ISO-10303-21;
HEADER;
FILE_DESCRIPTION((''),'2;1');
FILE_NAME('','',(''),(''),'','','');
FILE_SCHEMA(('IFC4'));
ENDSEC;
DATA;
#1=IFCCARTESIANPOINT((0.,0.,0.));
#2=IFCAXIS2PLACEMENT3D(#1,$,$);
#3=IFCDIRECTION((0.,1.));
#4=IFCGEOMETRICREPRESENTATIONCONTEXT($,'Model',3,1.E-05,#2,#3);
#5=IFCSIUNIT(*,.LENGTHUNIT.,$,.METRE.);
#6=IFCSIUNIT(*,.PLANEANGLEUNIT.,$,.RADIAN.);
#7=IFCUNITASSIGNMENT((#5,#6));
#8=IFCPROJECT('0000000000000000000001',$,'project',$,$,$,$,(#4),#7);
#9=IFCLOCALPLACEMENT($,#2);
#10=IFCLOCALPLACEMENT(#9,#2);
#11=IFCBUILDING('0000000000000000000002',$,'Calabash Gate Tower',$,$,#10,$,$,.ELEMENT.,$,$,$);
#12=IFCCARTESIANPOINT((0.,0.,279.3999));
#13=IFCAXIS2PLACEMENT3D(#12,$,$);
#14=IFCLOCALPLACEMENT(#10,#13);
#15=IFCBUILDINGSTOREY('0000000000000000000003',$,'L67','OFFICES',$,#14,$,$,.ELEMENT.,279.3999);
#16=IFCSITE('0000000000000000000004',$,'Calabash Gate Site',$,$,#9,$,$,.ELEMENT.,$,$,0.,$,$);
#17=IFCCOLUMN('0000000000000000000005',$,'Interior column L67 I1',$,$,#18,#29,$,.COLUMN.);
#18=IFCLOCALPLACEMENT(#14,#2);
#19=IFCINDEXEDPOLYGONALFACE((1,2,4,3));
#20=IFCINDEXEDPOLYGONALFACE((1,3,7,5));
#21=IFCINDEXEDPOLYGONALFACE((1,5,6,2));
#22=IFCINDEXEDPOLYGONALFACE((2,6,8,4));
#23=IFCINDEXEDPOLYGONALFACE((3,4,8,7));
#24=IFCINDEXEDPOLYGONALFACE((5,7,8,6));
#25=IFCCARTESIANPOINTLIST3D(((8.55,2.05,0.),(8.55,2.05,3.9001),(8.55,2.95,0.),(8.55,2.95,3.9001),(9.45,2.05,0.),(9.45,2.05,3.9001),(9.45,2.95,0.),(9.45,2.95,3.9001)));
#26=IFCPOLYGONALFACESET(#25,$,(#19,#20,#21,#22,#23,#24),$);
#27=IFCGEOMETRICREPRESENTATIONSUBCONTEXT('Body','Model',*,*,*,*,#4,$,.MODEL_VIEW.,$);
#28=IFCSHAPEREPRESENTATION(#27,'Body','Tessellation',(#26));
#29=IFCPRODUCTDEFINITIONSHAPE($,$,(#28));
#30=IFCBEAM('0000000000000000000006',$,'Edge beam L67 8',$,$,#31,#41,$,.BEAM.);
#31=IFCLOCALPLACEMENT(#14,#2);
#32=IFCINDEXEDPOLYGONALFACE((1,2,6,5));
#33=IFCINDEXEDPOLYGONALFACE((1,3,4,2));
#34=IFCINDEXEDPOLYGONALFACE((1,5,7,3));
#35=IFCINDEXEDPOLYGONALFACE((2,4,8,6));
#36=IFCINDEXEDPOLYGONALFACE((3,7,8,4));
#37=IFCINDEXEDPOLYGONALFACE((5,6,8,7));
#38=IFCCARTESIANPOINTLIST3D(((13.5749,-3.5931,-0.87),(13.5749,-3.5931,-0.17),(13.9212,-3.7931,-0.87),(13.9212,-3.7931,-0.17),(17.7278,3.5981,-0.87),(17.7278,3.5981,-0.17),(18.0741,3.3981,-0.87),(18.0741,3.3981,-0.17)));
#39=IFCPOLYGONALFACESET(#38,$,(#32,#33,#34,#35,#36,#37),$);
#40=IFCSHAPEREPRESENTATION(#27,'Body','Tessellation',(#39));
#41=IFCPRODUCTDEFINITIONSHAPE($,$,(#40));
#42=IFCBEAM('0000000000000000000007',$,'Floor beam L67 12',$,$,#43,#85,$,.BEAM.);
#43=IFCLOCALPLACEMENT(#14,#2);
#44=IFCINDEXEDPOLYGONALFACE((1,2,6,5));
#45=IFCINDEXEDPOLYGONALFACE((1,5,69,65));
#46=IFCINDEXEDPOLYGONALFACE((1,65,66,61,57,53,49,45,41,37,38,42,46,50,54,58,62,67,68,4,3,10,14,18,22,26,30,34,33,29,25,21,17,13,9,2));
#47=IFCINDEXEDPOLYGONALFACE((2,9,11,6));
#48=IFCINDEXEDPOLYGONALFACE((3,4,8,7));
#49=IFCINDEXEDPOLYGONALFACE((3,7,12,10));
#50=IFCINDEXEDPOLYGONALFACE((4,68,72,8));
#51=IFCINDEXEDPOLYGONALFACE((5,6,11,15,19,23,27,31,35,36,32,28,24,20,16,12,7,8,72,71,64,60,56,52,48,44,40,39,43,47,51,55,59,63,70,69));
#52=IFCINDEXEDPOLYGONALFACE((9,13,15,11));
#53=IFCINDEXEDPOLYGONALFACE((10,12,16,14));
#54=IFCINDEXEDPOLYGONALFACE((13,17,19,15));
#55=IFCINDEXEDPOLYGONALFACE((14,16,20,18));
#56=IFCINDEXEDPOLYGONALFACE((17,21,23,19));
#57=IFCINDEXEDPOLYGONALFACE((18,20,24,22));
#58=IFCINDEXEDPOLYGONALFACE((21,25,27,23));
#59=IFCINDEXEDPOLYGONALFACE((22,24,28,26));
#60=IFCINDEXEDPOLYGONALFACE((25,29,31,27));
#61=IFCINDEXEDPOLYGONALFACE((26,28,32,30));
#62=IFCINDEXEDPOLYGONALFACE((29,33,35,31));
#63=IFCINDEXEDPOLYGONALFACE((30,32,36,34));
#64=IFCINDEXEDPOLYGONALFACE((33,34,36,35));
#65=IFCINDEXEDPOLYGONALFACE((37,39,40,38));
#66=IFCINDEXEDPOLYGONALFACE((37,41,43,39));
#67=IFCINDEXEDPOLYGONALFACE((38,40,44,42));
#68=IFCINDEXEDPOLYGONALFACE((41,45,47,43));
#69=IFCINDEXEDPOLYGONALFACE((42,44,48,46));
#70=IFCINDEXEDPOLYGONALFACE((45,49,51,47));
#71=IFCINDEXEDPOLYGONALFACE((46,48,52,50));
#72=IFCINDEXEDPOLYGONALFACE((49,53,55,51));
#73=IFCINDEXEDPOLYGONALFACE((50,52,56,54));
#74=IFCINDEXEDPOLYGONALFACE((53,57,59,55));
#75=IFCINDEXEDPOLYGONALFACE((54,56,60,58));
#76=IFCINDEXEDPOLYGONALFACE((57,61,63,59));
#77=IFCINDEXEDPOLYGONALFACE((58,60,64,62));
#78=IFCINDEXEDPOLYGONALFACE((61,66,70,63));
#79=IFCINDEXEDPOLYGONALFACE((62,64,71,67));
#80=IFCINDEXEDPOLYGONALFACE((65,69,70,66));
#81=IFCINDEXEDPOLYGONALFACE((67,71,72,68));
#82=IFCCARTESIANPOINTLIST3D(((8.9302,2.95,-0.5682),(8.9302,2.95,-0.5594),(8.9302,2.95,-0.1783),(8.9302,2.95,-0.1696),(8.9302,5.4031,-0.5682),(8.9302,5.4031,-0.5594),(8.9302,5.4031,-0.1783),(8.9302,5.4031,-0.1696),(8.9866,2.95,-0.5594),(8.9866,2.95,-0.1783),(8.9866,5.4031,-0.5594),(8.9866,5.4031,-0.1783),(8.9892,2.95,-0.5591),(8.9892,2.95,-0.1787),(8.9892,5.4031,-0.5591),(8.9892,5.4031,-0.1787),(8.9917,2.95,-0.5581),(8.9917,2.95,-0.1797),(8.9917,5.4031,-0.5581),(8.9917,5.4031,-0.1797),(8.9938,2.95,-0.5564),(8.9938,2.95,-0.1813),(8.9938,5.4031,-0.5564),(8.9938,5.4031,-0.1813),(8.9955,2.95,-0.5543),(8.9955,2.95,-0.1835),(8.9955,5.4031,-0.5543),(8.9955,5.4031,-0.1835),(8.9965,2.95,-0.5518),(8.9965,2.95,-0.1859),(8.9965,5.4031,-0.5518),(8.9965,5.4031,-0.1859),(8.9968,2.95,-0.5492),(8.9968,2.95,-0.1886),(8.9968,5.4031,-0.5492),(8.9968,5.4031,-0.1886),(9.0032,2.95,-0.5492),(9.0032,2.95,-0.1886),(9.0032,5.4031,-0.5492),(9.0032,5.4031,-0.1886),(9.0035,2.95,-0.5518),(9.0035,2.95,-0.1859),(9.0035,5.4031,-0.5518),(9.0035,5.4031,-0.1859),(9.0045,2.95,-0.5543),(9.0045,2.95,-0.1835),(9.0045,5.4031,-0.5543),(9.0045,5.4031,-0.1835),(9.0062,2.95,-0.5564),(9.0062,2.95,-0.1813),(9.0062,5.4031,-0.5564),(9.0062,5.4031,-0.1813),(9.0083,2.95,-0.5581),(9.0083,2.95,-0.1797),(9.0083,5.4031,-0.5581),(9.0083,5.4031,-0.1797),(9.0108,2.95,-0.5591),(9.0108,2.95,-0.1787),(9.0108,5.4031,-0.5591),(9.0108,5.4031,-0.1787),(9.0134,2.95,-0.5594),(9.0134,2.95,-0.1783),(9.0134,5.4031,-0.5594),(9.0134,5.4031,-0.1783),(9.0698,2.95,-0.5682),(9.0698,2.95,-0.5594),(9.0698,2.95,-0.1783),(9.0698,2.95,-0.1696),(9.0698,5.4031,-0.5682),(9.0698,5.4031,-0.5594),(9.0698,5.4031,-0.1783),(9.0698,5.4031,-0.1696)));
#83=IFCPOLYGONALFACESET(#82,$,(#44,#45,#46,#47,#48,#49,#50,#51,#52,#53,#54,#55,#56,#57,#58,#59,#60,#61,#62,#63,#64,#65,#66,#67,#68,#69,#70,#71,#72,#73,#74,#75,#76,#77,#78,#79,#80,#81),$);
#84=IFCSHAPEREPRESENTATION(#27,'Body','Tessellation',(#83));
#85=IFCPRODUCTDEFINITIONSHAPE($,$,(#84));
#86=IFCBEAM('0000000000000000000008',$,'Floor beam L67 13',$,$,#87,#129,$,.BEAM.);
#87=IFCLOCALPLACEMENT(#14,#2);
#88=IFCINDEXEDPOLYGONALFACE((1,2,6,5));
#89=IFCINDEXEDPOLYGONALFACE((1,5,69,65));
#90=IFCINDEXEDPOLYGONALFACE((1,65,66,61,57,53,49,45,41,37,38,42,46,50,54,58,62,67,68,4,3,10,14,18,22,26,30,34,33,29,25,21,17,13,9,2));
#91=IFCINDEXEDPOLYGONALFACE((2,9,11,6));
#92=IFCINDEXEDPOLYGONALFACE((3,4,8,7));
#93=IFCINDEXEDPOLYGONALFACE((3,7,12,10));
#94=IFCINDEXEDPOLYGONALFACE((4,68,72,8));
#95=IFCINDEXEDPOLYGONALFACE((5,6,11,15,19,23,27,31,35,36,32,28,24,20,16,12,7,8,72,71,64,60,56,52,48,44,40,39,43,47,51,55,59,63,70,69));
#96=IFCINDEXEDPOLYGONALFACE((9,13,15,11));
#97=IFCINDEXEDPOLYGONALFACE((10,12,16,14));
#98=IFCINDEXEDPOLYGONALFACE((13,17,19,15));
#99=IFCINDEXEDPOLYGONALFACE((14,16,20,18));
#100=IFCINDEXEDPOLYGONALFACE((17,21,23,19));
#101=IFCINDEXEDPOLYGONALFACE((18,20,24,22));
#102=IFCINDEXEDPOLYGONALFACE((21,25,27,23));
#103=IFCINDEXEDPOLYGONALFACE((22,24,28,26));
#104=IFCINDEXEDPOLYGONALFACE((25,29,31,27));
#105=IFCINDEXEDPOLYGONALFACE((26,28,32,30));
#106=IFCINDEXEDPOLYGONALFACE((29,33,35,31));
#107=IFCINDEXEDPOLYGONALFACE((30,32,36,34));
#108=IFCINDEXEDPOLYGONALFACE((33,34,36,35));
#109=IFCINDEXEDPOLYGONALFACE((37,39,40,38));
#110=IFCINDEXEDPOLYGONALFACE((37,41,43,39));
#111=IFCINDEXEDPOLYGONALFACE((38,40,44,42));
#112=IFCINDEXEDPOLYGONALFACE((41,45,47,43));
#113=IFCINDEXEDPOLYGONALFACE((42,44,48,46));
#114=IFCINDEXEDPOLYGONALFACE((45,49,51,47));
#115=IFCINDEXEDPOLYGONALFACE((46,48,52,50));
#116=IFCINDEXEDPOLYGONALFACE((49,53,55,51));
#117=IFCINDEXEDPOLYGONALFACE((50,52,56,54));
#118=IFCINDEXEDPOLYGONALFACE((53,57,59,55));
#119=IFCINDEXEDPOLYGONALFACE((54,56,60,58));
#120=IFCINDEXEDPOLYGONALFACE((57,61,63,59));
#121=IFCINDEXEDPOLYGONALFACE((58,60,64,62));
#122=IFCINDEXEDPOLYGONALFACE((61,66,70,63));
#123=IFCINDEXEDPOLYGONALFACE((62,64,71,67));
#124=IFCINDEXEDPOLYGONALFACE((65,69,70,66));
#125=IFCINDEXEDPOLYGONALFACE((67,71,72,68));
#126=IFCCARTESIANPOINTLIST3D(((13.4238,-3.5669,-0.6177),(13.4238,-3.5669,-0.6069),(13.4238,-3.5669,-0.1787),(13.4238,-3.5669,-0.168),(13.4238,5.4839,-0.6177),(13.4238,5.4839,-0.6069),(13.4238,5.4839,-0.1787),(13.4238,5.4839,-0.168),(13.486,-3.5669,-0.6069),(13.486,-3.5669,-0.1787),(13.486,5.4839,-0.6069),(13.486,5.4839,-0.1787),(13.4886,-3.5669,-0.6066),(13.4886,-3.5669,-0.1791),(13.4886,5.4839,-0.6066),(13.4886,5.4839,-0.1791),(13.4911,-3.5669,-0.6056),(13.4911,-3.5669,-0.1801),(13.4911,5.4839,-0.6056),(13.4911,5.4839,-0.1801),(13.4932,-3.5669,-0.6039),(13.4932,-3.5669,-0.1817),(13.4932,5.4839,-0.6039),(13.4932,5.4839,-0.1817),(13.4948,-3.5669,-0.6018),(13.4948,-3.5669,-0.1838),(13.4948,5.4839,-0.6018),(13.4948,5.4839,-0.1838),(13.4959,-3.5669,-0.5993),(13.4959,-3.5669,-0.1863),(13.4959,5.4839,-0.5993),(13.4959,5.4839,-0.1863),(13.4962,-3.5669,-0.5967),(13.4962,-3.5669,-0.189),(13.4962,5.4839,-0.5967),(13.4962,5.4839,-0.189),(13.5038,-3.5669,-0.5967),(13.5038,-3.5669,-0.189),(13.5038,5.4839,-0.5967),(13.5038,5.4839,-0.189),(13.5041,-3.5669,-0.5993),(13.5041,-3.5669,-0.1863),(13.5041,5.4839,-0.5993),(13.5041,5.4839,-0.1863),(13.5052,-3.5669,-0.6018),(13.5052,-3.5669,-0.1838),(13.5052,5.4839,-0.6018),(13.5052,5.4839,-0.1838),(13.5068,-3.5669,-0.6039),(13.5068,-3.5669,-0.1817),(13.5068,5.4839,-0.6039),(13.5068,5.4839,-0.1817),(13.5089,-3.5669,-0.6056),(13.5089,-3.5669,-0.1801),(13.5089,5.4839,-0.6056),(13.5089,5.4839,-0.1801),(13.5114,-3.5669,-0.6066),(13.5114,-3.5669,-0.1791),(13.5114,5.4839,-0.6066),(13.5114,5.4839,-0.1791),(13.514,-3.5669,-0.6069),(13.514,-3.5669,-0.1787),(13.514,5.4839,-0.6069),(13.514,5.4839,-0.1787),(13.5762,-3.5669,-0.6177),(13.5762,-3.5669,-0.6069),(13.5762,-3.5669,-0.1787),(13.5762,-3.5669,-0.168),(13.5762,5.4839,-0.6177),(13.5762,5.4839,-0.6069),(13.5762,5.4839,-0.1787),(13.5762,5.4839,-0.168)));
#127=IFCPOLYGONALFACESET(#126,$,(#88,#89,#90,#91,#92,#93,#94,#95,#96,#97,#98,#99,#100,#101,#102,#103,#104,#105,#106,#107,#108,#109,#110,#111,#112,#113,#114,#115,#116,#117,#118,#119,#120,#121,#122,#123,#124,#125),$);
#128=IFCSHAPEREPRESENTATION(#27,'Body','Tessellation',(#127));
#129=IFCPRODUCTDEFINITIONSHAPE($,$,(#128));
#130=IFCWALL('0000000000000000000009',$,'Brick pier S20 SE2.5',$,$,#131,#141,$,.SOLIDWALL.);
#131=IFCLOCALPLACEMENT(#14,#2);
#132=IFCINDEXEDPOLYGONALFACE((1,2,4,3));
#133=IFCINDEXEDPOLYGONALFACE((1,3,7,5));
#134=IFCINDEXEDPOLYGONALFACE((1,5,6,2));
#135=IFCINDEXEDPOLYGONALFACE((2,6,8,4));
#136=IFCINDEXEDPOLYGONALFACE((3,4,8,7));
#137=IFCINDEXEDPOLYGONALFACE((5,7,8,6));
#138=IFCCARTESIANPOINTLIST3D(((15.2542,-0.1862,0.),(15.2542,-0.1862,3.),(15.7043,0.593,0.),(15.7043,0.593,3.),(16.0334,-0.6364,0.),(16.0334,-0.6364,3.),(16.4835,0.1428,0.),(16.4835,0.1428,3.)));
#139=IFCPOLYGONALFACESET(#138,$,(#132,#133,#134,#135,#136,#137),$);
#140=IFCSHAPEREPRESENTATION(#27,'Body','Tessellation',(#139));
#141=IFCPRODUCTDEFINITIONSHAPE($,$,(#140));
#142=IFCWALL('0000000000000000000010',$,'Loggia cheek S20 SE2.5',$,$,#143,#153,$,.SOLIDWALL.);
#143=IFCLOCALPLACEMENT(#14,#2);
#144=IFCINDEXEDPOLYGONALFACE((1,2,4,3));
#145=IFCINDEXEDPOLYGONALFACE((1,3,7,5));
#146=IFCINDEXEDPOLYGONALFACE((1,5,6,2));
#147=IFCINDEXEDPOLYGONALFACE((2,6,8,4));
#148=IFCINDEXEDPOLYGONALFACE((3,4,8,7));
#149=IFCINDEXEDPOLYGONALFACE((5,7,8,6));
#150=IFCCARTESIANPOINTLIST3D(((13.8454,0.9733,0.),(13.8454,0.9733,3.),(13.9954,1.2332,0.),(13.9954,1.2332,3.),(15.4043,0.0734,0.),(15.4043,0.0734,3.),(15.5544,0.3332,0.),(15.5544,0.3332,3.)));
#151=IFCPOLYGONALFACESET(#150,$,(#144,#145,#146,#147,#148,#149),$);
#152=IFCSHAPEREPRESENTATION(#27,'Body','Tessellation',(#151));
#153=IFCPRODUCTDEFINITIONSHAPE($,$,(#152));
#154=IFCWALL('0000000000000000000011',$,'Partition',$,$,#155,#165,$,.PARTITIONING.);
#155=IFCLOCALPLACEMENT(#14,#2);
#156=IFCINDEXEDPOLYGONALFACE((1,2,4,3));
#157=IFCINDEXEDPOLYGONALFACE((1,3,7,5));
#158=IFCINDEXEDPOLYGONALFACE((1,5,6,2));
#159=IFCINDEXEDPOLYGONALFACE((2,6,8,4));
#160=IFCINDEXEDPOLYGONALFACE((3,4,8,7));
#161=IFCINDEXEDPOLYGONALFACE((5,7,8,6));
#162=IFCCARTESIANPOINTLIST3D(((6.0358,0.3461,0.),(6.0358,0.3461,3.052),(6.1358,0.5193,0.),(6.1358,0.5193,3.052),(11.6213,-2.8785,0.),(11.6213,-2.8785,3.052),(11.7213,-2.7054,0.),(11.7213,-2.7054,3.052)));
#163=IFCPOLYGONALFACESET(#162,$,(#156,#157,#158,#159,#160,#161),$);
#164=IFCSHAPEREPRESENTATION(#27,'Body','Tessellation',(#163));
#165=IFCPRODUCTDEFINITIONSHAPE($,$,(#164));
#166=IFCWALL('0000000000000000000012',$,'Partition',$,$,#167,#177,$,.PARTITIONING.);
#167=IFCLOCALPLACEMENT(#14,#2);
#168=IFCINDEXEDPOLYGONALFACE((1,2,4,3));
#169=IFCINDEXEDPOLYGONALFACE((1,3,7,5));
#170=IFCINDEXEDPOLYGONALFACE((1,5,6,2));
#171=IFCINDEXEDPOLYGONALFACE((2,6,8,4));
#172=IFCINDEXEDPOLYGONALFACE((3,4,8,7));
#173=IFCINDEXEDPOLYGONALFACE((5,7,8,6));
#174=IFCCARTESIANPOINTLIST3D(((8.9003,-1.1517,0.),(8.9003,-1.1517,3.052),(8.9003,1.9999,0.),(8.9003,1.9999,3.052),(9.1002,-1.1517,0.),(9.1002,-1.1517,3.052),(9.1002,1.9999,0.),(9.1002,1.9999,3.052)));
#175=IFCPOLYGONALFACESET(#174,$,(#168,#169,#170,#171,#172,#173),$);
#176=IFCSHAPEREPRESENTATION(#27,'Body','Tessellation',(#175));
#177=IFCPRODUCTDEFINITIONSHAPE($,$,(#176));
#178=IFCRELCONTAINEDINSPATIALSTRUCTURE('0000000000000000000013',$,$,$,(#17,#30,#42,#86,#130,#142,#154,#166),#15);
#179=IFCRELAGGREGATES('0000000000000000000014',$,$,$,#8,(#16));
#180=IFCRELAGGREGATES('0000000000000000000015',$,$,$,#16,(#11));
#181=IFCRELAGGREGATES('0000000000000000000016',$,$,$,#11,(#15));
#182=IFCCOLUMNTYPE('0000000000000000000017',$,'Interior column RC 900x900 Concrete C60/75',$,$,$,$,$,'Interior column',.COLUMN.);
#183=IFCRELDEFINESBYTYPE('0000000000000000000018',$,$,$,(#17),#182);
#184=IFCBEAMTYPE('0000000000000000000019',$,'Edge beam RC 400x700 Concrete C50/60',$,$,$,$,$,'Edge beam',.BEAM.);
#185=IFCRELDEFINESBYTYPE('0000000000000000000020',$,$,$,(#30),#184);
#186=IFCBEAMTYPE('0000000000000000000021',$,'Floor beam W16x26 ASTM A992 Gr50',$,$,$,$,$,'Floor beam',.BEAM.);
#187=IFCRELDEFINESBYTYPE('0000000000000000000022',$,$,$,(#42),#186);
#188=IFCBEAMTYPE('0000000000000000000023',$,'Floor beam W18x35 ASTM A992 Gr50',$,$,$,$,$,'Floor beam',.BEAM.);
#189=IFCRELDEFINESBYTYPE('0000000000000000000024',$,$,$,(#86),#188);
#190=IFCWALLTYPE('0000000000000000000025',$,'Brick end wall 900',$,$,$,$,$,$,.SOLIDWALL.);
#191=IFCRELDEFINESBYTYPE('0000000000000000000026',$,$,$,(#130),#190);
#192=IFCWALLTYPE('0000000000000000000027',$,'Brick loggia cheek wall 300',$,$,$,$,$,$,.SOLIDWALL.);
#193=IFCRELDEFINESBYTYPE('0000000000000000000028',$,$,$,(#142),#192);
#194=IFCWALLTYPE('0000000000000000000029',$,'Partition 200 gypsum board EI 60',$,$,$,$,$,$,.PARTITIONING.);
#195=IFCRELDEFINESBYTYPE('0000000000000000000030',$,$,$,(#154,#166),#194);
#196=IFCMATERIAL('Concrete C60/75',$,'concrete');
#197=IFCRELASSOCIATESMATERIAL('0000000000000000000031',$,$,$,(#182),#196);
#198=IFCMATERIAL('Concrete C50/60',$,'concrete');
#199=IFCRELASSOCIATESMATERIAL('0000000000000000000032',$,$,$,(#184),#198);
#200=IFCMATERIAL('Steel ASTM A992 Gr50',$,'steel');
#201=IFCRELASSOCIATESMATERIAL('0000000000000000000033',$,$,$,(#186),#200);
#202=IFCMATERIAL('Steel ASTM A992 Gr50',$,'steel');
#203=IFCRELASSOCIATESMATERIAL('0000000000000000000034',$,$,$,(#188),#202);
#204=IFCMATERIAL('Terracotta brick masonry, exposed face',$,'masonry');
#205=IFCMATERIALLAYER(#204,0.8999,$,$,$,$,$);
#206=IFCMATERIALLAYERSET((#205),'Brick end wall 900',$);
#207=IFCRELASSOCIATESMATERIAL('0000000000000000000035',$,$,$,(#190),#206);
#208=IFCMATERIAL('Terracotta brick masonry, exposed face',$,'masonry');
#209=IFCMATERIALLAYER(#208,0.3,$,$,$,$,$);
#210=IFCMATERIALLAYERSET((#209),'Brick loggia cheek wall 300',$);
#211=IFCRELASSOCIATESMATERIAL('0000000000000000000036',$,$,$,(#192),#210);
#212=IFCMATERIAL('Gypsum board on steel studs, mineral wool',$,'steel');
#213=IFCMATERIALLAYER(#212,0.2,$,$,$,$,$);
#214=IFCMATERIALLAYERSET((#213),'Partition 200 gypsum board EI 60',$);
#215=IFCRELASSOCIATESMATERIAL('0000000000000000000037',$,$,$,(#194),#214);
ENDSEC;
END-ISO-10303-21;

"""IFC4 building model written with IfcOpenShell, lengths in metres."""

from ifc_helpers import new_model, si_unit, direction, frame, frame_2d, origin, origin_2d, place, context, subcontext, project, spatial, rectangle, i_section, extrude, material, layer, layer_set, material_profile, profile_set, type_object, element, save


model = new_model("IFC4")

# Units and contexts
model_context = context("Model", 3, precision=1e-05, world=origin(), true_north=direction((0.0, 1.0)))
body_context = subcontext(model_context, "Body", "Model", "MODEL_VIEW")
ifc_project = project(units=[si_unit("LENGTHUNIT", "METRE"), si_unit("PLANEANGLEUNIT", "RADIAN")], contexts=[model_context])

# Site, building, storey
site_placement = place(None, origin())
site = spatial("IfcSite", under=ifc_project, at=site_placement, Name="Calabash Gate Site", CompositionType="ELEMENT", RefElevation=0.0)
building_placement = place(site_placement, origin())
building = spatial("IfcBuilding", under=site, at=building_placement, Name="Calabash Gate Tower", CompositionType="ELEMENT")
storey_placement = place(building_placement, frame((0.0, 0.0, 279.3999)))
storey = spatial("IfcBuildingStorey", under=building, at=storey_placement, Name="L67", Description="OFFICES", CompositionType="ELEMENT", Elevation=279.3999)

# Column
ifc_material_1 = material(Name="Concrete C60/75", Category="concrete")
ifc_material_profile_1 = material_profile(ifc_material_1, rectangle(XDim=0.8999, YDim=0.8999, at=origin_2d()))
ifc_profile_set_1 = profile_set([ifc_material_profile_1], Name="Concrete C60/75")
column_type = type_object("IfcColumnType", Name="Interior column RC 900x900 Concrete C60/75", ElementType="Interior column", PredefinedType="COLUMN", material=ifc_profile_set_1)
column_placement = place(storey_placement, frame((9.0, 2.5, 0.0), z_axis=(0.0, 0.0, 1.0), x_axis=(1.0, 0.0, 0.0)))
element("IfcColumn", 1, at=column_placement, inside=storey, type_object=column_type, Name="Interior column L67 I1", PredefinedType="COLUMN", context=body_context, shape_type="SweptSolid", body=[
    extrude(rectangle(XDim=0.8999, YDim=0.8999, at=origin_2d()), origin(), (0.0, 0.0, 1.0), 3.9001),
])

# Beams
ifc_material_2 = material(Name="Concrete C50/60", Category="concrete")
ifc_material_profile_2 = material_profile(ifc_material_2, rectangle(XDim=0.3999, YDim=0.7, at=origin_2d()))
ifc_profile_set_2 = profile_set([ifc_material_profile_2], Name="Concrete C50/60")
beam_type_1 = type_object("IfcBeamType", Name="Edge beam RC 400x700 Concrete C50/60", ElementType="Edge beam", PredefinedType="BEAM", material=ifc_profile_set_2)
beam_1_placement = place(storey_placement, frame((13.748, -3.6931, -0.52), z_axis=(0.500091, 0.865973, 0.0), x_axis=(-0.865973, 0.500091, 0.0)))
element("IfcBeam", 2, at=beam_1_placement, inside=storey, type_object=beam_type_1, Name="Edge beam L67 8", PredefinedType="BEAM", context=body_context, shape_type="SweptSolid", body=[
    extrude(rectangle(XDim=0.3999, YDim=0.7, at=origin_2d()), origin(), (0.0, 0.0, 1.0), 8.3042),
])
ifc_material_3 = material(Name="Steel ASTM A992 Gr50", Category="steel")
ifc_material_profile_3 = material_profile(ifc_material_3, i_section(OverallWidth=0.1396, OverallDepth=0.3987, WebThickness=0.0063, FlangeThickness=0.0088, FilletRadius=0.0103, at=origin_2d()))
ifc_profile_set_3 = profile_set([ifc_material_profile_3], Name="Steel ASTM A992 Gr50")
beam_type_2 = type_object("IfcBeamType", Name="Floor beam W16x26 ASTM A992 Gr50", ElementType="Floor beam", PredefinedType="BEAM", material=ifc_profile_set_3)
beam_2_placement = place(storey_placement, frame((9.0, 2.95, -0.3689), z_axis=(0.0, 1.0, 0.0), x_axis=(-1.0, 0.0, 0.0)))
element("IfcBeam", 3, at=beam_2_placement, inside=storey, type_object=beam_type_2, Name="Floor beam L67 12", PredefinedType="BEAM", context=body_context, shape_type="SweptSolid", body=[
    extrude(i_section(OverallWidth=0.1396, OverallDepth=0.3987, WebThickness=0.0063, FlangeThickness=0.0088, FilletRadius=0.0103, at=origin_2d()), origin(), (0.0, 0.0, 1.0), 2.4531),
])
ifc_material_4 = material(Name="Steel ASTM A992 Gr50", Category="steel")
ifc_material_profile_4 = material_profile(ifc_material_4, i_section(OverallWidth=0.1523, OverallDepth=0.4497, WebThickness=0.0076, FlangeThickness=0.0107, FilletRadius=0.0103, at=origin_2d()))
ifc_profile_set_4 = profile_set([ifc_material_profile_4], Name="Steel ASTM A992 Gr50")
beam_type_3 = type_object("IfcBeamType", Name="Floor beam W18x35 ASTM A992 Gr50", ElementType="Floor beam", PredefinedType="BEAM", material=ifc_profile_set_4)
beam_3_placement = place(storey_placement, frame((13.5, -3.5669, -0.3928), z_axis=(0.0, 1.0, 0.0), x_axis=(-1.0, 0.0, 0.0)))
element("IfcBeam", 4, at=beam_3_placement, inside=storey, type_object=beam_type_3, Name="Floor beam L67 13", PredefinedType="BEAM", context=body_context, shape_type="SweptSolid", body=[
    extrude(i_section(OverallWidth=0.1523, OverallDepth=0.4497, WebThickness=0.0076, FlangeThickness=0.0107, FilletRadius=0.0103, at=origin_2d()), origin(), (0.0, 0.0, 1.0), 9.0508),
])

# Walls
ifc_material_5 = material(Name="Terracotta brick masonry, exposed face", Category="masonry")
ifc_layer_1 = layer(ifc_material_5, 0.8999)
ifc_layer_set_1 = layer_set([ifc_layer_1], Name="Brick end wall 900")
wall_type_1 = type_object("IfcWallType", Name="Brick end wall 900", PredefinedType="SOLIDWALL", material=ifc_layer_set_1)
wall_1_placement = place(storey_placement, frame((15.4792, 0.2034, 0.0), z_axis=(0.0, 0.0, 1.0), x_axis=(0.865896, -0.500223, 0.0)))
element("IfcWall", 5, at=wall_1_placement, inside=storey, type_object=wall_type_1, Name="Brick pier S20 SE2.5", PredefinedType="SOLIDWALL", context=body_context, shape_type="SweptSolid", body=[
    extrude(rectangle(XDim=0.8999, YDim=0.8999, at=frame_2d((0.45, 0.0))), origin(), (0.0, 0.0, 1.0), 3.0),
])
ifc_material_6 = material(Name="Terracotta brick masonry, exposed face", Category="masonry")
ifc_layer_2 = layer(ifc_material_6, 0.3)
ifc_layer_set_2 = layer_set([ifc_layer_2], Name="Brick loggia cheek wall 300")
wall_type_2 = type_object("IfcWallType", Name="Brick loggia cheek wall 300", PredefinedType="SOLIDWALL", material=ifc_layer_set_2)
wall_2_placement = place(storey_placement, frame((15.4792, 0.2034, 0.0), z_axis=(0.0, 0.0, 1.0), x_axis=(-0.866048, 0.499961, 0.0)))
element("IfcWall", 6, at=wall_2_placement, inside=storey, type_object=wall_type_2, Name="Loggia cheek S20 SE2.5", PredefinedType="SOLIDWALL", context=body_context, shape_type="SweptSolid", body=[
    extrude(rectangle(XDim=1.8, YDim=0.3, at=frame_2d((0.8999, 0.0))), origin(), (0.0, 0.0, 1.0), 3.0),
])
ifc_material_7 = material(Name="Gypsum board on steel studs, mineral wool", Category="steel")
ifc_layer_3 = layer(ifc_material_7, 0.2)
ifc_layer_set_3 = layer_set([ifc_layer_3], Name="Partition 200 gypsum board EI 60")
wall_type_3 = type_object("IfcWallType", Name="Partition 200 gypsum board EI 60", PredefinedType="PARTITIONING", material=ifc_layer_set_3)
wall_3_placement = place(storey_placement, frame((6.0859, 0.4326, 0.0), z_axis=(0.0, 0.0, 1.0), x_axis=(0.866036, -0.499982, 0.0)))
element("IfcWall", 7, at=wall_3_placement, inside=storey, type_object=wall_type_3, Name="Partition", PredefinedType="PARTITIONING", context=body_context, shape_type="SweptSolid", body=[
    extrude(rectangle(XDim=6.4495, YDim=0.2, at=frame_2d((3.2246, 0.0))), origin(), (0.0, 0.0, 1.0), 3.052),
])
wall_4_placement = place(storey_placement, frame((9.0002, -1.1516, 0.0), z_axis=(0.0, 0.0, 1.0), x_axis=(0.0, 1.0, 0.0)))
element("IfcWall", 8, at=wall_4_placement, inside=storey, type_object=wall_type_3, Name="Partition", PredefinedType="PARTITIONING", context=body_context, shape_type="SweptSolid", body=[
    extrude(rectangle(XDim=3.1516, YDim=0.2, at=frame_2d((1.5757, 0.0))), origin(), (0.0, 0.0, 1.0), 3.052),
])

save(model, "model.ifc")
